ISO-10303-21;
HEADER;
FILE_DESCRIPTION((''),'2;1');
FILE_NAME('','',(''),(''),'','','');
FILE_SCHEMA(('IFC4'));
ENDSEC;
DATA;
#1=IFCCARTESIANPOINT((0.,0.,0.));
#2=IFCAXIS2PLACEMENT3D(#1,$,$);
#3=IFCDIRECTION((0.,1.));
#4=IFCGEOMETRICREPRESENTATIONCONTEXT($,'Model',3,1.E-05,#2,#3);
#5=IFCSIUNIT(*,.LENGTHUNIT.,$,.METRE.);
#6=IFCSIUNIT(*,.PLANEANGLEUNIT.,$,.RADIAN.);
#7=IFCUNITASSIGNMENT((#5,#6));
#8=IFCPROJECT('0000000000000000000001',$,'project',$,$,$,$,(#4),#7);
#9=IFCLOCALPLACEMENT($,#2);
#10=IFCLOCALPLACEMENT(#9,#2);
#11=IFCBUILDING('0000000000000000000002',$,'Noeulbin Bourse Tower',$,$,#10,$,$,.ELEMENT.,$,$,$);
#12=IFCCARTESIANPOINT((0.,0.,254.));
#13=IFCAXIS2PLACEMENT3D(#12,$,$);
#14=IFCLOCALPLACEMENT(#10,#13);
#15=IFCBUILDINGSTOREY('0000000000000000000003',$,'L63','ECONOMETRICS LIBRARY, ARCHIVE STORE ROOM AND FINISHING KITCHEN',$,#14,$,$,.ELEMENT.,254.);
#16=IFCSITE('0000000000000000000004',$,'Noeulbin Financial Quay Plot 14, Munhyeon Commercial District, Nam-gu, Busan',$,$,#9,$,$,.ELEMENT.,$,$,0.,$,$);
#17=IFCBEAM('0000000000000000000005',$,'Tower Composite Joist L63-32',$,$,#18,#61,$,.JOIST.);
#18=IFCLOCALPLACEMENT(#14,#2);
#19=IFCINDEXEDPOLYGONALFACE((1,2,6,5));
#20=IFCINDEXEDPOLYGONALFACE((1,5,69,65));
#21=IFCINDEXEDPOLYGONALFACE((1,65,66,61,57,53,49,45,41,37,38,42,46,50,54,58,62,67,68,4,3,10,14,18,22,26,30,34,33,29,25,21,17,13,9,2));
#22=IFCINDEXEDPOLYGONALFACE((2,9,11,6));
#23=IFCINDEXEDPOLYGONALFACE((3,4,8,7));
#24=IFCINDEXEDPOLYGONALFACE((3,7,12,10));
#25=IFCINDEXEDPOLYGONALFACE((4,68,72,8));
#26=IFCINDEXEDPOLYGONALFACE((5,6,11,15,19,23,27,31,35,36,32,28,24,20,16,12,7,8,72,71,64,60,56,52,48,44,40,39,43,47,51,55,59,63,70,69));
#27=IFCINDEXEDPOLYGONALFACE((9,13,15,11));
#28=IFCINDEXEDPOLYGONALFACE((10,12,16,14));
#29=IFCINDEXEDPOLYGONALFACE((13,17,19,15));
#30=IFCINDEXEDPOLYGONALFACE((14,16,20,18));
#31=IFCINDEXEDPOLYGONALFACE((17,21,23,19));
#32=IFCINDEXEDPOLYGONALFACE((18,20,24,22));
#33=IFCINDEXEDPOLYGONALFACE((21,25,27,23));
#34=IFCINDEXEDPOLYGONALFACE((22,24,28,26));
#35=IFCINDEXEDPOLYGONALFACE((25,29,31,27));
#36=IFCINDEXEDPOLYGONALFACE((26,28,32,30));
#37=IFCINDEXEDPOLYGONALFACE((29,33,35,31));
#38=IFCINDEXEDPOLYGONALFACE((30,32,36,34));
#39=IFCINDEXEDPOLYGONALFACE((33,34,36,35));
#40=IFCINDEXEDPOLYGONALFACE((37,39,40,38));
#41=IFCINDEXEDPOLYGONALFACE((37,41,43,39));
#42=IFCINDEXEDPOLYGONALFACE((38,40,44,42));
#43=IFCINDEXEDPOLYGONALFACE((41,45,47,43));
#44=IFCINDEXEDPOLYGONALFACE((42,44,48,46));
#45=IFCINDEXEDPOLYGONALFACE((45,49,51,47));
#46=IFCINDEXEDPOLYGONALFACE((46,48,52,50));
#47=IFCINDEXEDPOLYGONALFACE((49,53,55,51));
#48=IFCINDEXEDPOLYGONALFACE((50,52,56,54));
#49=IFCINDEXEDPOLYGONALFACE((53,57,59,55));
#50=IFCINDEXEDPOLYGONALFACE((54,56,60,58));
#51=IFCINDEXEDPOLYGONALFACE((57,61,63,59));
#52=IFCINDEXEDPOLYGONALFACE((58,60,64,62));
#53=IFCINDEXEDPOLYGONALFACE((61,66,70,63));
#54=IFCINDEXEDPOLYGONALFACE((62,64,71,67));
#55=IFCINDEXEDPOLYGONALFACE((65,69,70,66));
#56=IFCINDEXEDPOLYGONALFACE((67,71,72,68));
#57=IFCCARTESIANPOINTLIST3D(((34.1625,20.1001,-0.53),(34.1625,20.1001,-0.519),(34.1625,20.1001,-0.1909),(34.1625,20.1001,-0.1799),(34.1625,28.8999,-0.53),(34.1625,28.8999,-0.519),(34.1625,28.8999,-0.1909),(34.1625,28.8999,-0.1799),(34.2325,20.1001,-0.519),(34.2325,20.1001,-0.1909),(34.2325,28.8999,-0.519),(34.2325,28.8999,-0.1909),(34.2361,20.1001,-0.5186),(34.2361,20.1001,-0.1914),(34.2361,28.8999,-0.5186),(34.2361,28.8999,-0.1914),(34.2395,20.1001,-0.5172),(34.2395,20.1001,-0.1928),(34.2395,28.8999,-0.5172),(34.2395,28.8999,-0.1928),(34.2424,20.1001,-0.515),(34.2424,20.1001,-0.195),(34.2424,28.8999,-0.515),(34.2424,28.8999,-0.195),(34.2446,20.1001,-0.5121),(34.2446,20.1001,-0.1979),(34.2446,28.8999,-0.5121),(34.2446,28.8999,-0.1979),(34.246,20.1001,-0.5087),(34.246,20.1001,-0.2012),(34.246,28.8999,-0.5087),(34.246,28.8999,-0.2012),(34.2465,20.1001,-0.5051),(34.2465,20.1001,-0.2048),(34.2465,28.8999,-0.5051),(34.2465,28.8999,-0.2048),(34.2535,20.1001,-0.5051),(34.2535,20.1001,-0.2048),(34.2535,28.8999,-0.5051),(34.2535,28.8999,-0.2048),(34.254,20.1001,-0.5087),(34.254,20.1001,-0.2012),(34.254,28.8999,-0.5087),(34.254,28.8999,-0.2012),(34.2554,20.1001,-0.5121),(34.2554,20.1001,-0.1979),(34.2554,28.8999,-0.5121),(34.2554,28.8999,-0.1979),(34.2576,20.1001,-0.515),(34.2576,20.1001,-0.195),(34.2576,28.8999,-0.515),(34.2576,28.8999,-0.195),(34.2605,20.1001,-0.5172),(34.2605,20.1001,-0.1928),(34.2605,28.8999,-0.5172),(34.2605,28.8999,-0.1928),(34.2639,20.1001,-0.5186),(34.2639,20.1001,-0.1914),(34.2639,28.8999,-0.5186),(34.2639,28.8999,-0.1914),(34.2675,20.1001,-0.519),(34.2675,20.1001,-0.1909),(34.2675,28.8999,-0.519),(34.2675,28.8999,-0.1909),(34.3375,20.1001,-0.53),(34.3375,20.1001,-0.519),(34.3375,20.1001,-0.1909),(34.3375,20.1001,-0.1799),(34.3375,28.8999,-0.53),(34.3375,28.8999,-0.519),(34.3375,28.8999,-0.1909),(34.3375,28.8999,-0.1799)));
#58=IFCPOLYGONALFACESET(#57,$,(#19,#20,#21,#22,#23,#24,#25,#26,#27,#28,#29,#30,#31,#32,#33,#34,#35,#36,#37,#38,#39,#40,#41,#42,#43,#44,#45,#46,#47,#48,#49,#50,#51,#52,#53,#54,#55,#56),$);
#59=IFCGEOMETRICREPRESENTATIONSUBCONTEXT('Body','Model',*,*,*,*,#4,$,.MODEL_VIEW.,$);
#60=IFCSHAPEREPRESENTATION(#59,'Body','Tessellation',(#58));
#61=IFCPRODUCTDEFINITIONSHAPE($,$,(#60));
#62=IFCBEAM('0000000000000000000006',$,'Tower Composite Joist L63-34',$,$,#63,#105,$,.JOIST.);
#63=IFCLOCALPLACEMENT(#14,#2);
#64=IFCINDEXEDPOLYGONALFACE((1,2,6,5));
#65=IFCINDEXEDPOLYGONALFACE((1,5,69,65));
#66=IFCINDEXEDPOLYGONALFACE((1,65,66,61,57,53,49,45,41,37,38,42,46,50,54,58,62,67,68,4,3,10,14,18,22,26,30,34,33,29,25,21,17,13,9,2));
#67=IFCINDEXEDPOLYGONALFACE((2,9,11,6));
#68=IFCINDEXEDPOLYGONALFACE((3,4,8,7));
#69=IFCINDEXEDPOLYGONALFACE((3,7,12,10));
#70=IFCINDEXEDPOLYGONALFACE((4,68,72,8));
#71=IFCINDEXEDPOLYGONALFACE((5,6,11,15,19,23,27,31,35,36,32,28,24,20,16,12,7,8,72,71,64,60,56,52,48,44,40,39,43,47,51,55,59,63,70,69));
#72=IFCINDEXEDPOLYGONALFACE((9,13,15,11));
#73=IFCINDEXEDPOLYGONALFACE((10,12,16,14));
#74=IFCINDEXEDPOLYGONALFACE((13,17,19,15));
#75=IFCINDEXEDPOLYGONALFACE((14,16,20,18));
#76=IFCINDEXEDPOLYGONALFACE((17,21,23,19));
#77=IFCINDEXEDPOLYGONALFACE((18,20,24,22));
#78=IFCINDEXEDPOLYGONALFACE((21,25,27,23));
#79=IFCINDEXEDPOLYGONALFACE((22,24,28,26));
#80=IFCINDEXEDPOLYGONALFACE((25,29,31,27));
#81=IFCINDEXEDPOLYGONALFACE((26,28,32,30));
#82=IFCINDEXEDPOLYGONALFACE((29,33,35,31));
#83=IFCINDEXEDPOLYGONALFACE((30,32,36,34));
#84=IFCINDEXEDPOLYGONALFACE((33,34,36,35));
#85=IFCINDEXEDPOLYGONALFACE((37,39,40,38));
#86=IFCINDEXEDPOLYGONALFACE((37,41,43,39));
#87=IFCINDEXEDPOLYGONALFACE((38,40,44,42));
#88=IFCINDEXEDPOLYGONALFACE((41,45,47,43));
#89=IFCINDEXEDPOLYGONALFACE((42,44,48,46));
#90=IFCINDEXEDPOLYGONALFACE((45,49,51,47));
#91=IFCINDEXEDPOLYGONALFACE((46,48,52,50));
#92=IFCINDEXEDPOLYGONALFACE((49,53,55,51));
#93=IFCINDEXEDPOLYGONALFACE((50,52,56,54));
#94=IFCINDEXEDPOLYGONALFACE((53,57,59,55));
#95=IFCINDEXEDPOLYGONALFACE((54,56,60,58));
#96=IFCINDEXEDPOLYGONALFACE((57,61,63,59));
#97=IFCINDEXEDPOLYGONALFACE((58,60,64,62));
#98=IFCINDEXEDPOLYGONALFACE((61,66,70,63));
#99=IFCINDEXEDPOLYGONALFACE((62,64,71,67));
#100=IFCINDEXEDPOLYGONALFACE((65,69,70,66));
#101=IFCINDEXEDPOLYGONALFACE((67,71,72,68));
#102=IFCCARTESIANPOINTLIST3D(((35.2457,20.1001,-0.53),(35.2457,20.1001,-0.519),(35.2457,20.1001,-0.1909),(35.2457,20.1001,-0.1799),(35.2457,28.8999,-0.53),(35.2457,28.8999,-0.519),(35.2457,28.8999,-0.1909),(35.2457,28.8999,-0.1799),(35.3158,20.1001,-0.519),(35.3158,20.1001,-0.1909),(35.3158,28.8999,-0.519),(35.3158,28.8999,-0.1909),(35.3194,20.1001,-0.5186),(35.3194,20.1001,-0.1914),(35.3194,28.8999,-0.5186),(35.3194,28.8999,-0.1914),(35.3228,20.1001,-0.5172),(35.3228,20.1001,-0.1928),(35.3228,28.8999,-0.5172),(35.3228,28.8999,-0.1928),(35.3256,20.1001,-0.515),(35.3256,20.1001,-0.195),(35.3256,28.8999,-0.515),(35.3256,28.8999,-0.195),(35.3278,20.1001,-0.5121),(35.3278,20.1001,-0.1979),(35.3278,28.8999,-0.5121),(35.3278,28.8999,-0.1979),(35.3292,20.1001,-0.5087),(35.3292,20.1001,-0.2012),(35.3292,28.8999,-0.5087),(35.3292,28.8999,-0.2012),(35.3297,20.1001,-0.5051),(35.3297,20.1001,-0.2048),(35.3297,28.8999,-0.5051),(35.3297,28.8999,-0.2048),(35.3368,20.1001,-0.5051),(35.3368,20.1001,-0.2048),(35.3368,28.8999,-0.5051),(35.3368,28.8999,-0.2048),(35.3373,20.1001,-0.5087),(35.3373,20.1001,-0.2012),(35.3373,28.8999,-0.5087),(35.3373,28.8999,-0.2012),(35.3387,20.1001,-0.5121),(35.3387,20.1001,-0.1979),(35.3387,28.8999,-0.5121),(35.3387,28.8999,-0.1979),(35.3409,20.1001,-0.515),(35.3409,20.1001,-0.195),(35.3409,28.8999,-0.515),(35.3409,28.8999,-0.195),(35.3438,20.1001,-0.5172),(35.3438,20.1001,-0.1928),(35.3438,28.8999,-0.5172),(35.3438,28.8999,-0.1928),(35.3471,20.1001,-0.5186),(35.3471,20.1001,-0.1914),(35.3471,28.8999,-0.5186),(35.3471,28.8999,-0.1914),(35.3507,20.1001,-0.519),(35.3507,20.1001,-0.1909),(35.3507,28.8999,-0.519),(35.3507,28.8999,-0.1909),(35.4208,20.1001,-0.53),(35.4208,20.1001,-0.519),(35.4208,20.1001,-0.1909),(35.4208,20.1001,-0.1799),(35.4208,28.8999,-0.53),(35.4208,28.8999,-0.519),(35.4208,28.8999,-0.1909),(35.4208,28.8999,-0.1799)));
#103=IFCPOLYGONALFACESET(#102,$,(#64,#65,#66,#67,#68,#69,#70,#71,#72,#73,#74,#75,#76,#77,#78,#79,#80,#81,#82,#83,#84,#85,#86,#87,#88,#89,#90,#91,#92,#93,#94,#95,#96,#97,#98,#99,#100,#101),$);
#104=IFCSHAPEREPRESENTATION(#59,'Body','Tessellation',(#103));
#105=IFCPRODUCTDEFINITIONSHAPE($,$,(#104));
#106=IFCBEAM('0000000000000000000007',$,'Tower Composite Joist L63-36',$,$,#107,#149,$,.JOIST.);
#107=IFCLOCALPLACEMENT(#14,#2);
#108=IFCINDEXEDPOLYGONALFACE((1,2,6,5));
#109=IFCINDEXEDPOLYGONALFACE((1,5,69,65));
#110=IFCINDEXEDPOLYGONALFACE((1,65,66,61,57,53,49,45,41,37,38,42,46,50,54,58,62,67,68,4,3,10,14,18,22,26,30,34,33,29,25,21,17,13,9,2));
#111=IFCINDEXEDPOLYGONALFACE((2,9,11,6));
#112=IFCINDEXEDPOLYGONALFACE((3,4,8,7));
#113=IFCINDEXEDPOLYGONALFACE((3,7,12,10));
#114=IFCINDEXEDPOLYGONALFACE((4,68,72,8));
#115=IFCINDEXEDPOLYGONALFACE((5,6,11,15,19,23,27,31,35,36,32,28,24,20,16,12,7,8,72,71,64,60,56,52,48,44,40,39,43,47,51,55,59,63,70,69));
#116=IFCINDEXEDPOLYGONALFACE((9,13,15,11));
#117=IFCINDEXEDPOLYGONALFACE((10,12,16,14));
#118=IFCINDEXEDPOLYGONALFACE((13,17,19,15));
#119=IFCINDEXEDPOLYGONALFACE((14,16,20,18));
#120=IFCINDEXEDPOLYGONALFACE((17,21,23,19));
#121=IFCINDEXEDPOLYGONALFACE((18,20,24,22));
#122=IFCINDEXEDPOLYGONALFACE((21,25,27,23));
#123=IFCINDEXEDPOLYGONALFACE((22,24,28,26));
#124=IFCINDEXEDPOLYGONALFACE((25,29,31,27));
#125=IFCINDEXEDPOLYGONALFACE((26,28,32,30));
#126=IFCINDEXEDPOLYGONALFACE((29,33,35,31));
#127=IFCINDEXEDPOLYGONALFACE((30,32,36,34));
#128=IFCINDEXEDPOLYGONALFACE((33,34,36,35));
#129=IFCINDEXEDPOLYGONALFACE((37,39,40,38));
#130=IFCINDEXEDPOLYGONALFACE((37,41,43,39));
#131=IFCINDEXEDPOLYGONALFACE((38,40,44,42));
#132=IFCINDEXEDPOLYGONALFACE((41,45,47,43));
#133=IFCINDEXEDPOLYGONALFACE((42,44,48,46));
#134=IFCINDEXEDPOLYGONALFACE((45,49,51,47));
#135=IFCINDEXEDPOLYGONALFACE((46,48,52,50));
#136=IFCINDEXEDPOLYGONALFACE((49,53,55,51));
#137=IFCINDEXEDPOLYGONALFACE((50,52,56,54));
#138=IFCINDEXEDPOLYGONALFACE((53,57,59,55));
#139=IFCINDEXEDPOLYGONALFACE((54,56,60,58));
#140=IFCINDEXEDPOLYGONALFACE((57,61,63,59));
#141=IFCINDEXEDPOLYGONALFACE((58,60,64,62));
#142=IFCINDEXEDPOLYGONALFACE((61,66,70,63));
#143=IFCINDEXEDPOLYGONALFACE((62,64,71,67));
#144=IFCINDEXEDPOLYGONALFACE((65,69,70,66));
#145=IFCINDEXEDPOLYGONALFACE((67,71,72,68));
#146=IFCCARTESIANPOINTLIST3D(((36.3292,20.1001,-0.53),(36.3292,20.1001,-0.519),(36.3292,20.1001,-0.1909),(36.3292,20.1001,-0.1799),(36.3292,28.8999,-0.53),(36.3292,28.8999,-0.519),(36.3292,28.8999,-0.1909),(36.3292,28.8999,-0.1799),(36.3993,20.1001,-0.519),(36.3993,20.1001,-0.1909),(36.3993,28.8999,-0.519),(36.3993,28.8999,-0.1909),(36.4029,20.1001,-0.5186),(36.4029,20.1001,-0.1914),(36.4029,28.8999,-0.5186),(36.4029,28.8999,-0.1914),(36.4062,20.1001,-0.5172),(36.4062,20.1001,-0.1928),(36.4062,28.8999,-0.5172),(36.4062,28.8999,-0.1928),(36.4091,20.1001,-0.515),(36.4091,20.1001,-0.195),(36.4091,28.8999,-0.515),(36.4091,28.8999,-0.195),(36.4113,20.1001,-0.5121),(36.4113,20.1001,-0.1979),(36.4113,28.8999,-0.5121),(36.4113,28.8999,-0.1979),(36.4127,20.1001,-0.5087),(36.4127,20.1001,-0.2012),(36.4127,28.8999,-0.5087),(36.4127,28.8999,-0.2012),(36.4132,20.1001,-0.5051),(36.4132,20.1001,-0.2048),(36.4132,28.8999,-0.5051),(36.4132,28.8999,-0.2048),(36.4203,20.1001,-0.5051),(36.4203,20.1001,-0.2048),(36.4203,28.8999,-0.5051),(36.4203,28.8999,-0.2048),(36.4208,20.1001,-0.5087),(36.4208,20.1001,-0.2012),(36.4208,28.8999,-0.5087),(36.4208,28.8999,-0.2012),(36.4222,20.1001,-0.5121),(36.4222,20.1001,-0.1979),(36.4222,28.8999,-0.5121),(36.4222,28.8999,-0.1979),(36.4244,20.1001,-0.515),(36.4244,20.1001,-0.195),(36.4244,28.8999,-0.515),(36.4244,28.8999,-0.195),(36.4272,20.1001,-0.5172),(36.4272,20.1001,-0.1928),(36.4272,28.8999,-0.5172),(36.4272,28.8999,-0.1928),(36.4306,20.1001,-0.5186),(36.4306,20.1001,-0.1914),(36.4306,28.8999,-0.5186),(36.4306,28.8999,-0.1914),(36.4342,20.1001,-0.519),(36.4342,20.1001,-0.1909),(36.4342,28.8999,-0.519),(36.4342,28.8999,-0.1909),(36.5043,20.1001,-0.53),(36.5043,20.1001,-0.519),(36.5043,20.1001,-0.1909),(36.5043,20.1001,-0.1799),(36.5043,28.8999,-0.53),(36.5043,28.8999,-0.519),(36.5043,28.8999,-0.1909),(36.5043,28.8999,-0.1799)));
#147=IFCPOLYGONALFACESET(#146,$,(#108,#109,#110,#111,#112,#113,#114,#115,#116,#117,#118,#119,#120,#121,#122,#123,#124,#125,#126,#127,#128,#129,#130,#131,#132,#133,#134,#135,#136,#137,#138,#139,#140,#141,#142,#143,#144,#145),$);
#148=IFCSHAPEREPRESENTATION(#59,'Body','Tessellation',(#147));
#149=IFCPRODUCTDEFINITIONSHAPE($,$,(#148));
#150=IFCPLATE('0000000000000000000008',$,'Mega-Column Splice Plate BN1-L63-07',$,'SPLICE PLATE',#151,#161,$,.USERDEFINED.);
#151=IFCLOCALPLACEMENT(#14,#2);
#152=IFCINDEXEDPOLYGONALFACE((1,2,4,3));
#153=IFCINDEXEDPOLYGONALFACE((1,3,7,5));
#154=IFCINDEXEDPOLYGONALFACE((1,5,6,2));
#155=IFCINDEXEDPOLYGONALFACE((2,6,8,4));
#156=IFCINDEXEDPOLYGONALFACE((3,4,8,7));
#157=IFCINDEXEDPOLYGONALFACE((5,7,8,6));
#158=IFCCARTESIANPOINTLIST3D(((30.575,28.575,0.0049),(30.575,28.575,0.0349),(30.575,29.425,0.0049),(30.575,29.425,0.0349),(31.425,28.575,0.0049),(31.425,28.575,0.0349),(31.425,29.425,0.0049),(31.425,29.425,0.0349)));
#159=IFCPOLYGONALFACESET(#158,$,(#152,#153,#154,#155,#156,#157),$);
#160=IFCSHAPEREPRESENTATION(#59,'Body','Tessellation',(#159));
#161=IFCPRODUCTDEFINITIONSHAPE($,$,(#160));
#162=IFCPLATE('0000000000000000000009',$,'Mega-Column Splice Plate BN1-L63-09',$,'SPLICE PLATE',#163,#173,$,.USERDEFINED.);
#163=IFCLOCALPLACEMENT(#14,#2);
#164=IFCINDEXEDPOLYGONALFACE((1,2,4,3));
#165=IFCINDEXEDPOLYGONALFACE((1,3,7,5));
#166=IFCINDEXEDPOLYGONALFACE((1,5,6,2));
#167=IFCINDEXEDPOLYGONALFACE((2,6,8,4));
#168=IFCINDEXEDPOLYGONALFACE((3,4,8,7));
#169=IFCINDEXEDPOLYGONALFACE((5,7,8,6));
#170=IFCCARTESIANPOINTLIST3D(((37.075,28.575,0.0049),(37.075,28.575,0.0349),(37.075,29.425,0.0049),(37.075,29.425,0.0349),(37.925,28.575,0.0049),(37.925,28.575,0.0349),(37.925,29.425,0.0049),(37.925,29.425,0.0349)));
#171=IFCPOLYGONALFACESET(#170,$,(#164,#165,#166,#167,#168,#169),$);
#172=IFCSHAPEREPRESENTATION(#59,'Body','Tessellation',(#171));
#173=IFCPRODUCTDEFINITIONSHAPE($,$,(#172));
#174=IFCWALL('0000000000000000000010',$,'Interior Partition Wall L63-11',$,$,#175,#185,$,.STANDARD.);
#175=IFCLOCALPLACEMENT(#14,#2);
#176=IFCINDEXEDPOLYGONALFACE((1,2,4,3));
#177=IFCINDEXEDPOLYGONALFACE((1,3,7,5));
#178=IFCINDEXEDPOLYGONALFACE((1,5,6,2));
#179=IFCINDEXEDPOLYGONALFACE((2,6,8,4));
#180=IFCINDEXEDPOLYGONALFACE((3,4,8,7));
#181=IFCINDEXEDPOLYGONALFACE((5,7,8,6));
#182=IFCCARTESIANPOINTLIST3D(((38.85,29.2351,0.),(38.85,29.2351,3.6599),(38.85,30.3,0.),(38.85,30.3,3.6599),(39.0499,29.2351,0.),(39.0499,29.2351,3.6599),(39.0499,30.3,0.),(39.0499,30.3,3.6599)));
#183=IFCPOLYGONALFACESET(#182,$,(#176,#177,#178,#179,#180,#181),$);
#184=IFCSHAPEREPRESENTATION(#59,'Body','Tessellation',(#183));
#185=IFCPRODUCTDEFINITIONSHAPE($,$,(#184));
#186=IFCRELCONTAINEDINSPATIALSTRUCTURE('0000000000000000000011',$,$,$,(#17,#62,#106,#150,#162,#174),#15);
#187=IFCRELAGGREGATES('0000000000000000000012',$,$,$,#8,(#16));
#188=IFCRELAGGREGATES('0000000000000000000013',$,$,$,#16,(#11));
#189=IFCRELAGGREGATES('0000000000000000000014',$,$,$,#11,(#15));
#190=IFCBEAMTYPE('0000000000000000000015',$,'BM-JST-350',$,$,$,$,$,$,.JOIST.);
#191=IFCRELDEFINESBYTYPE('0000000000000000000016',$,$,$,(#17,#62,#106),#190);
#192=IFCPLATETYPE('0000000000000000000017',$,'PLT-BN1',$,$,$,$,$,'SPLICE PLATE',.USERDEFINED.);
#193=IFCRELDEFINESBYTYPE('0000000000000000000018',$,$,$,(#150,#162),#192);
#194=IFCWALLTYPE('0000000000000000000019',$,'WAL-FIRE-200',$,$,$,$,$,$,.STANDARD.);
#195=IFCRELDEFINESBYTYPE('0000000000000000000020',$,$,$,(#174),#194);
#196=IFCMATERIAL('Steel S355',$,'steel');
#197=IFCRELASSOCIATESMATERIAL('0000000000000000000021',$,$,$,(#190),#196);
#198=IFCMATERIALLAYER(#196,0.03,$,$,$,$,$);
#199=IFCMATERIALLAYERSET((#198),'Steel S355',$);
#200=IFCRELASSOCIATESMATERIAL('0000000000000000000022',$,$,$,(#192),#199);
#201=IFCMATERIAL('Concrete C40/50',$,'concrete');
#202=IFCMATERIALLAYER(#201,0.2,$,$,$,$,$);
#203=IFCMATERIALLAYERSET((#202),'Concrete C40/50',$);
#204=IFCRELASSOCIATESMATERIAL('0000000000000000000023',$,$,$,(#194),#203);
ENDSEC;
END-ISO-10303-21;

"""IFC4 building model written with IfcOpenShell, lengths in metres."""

from ifc_helpers import new_model, si_unit, direction, frame, frame_2d, origin, origin_2d, place, context, subcontext, project, spatial, rectangle, i_section, extrude, material, layer, layer_set, material_profile, profile_set, type_object, element, save


model = new_model("IFC4")

# Units and contexts
model_context = context("Model", 3, precision=1e-05, world=origin(), true_north=direction((0.0, 1.0)))
body_context = subcontext(model_context, "Body", "Model", "MODEL_VIEW")
ifc_project = project(units=[si_unit("LENGTHUNIT", "METRE"), si_unit("PLANEANGLEUNIT", "RADIAN")], contexts=[model_context])

# Site, building, storey
site_placement = place(None, origin())
site = spatial("IfcSite", under=ifc_project, at=site_placement, Name="Noeulbin Financial Quay Plot 14, Munhyeon Commercial District, Nam-gu, Busan", CompositionType="ELEMENT", RefElevation=0.0)
building_placement = place(site_placement, origin())
building = spatial("IfcBuilding", under=site, at=building_placement, Name="Noeulbin Bourse Tower", CompositionType="ELEMENT")
storey_placement = place(building_placement, frame((0.0, 0.0, 254.0)))
storey = spatial("IfcBuildingStorey", under=building, at=storey_placement, Name="L63", Description="ECONOMETRICS LIBRARY, ARCHIVE STORE ROOM AND FINISHING KITCHEN", CompositionType="ELEMENT", Elevation=254.0)

# Shared definitions
ifc_material_1 = material(Name="Steel S355", Category="steel")

# Beams
ifc_material_profile_1 = material_profile(ifc_material_1, i_section(OverallWidth=0.175, OverallDepth=0.3501, WebThickness=0.0071, FlangeThickness=0.011, FilletRadius=0.0139, at=origin_2d()), Name="H-350x175x7x11", Category="LoadBearing")
ifc_profile_set_1 = profile_set([ifc_material_profile_1], Name="Steel S355")
beam_type = type_object("IfcBeamType", Name="BM-JST-350", PredefinedType="JOIST", material=ifc_profile_set_1)
for number, where, z_axis, x_axis, name in (
    (1, (34.25, 20.1001, -0.355), (0.0, 1.0, 0.0), (-1.0, 0.0, 0.0), "Tower Composite Joist L63-32"),
    (2, (35.3333, 20.1001, -0.355), (0.0, 1.0, 0.0), (-1.0, 0.0, 0.0), "Tower Composite Joist L63-34"),
    (3, (36.4167, 20.1001, -0.355), (0.0, 1.0, 0.0), (-1.0, 0.0, 0.0), "Tower Composite Joist L63-36"),
):
    element("IfcBeam", number, at=place(storey_placement, frame(where, z_axis=z_axis, x_axis=x_axis)), inside=storey, type_object=beam_type, Name=name, PredefinedType="JOIST", context=body_context, shape_type="SweptSolid", body=[
        extrude(i_section(OverallWidth=0.175, OverallDepth=0.3501, WebThickness=0.0071, FlangeThickness=0.011, FilletRadius=0.0139, at=origin_2d()), origin(), (0.0, 0.0, 1.0), 8.7998),
    ])

# Plates
ifc_layer_1 = layer(ifc_material_1, 0.03)
ifc_layer_set_1 = layer_set([ifc_layer_1], Name="Steel S355")
plate_type = type_object("IfcPlateType", Name="PLT-BN1", ElementType="SPLICE PLATE", PredefinedType="USERDEFINED", material=ifc_layer_set_1)
for number, where, z_axis, x_axis, name in (
    (4, (31.0, 29.0, 0.0049), (0.0, 0.0, 1.0), (1.0, 0.0, 0.0), "Mega-Column Splice Plate BN1-L63-07"),
    (5, (37.5, 29.0, 0.0049), (0.0, 0.0, 1.0), (1.0, 0.0, 0.0), "Mega-Column Splice Plate BN1-L63-09"),
):
    element("IfcPlate", number, at=place(storey_placement, frame(where, z_axis=z_axis, x_axis=x_axis)), inside=storey, type_object=plate_type, Name=name, ObjectType="SPLICE PLATE", PredefinedType="USERDEFINED", context=body_context, shape_type="SweptSolid", body=[
        extrude(rectangle(XDim=0.8501, YDim=0.8501, at=origin_2d()), origin(), (0.0, 0.0, 1.0), 0.03),
    ])

# Wall
ifc_material_2 = material(Name="Concrete C40/50", Category="concrete")
ifc_layer_2 = layer(ifc_material_2, 0.2)
ifc_layer_set_2 = layer_set([ifc_layer_2], Name="Concrete C40/50")
wall_type_1 = type_object("IfcWallType", Name="WAL-FIRE-200", PredefinedType="STANDARD", material=ifc_layer_set_2)
wall_1_placement = place(storey_placement, frame((38.95, 29.2351, 0.0), z_axis=(0.0, 0.0, 1.0), x_axis=(0.0, 1.0, 0.0)))
element("IfcWall", 6, at=wall_1_placement, inside=storey, type_object=wall_type_1, Name="Interior Partition Wall L63-11", PredefinedType="STANDARD", context=body_context, shape_type="SweptSolid", body=[
    extrude(rectangle(XDim=1.0649, YDim=0.2, at=frame_2d((0.5325, 0.0))), origin(), (0.0, 0.0, 1.0), 3.6599),
])

save(model, "model.ifc")
